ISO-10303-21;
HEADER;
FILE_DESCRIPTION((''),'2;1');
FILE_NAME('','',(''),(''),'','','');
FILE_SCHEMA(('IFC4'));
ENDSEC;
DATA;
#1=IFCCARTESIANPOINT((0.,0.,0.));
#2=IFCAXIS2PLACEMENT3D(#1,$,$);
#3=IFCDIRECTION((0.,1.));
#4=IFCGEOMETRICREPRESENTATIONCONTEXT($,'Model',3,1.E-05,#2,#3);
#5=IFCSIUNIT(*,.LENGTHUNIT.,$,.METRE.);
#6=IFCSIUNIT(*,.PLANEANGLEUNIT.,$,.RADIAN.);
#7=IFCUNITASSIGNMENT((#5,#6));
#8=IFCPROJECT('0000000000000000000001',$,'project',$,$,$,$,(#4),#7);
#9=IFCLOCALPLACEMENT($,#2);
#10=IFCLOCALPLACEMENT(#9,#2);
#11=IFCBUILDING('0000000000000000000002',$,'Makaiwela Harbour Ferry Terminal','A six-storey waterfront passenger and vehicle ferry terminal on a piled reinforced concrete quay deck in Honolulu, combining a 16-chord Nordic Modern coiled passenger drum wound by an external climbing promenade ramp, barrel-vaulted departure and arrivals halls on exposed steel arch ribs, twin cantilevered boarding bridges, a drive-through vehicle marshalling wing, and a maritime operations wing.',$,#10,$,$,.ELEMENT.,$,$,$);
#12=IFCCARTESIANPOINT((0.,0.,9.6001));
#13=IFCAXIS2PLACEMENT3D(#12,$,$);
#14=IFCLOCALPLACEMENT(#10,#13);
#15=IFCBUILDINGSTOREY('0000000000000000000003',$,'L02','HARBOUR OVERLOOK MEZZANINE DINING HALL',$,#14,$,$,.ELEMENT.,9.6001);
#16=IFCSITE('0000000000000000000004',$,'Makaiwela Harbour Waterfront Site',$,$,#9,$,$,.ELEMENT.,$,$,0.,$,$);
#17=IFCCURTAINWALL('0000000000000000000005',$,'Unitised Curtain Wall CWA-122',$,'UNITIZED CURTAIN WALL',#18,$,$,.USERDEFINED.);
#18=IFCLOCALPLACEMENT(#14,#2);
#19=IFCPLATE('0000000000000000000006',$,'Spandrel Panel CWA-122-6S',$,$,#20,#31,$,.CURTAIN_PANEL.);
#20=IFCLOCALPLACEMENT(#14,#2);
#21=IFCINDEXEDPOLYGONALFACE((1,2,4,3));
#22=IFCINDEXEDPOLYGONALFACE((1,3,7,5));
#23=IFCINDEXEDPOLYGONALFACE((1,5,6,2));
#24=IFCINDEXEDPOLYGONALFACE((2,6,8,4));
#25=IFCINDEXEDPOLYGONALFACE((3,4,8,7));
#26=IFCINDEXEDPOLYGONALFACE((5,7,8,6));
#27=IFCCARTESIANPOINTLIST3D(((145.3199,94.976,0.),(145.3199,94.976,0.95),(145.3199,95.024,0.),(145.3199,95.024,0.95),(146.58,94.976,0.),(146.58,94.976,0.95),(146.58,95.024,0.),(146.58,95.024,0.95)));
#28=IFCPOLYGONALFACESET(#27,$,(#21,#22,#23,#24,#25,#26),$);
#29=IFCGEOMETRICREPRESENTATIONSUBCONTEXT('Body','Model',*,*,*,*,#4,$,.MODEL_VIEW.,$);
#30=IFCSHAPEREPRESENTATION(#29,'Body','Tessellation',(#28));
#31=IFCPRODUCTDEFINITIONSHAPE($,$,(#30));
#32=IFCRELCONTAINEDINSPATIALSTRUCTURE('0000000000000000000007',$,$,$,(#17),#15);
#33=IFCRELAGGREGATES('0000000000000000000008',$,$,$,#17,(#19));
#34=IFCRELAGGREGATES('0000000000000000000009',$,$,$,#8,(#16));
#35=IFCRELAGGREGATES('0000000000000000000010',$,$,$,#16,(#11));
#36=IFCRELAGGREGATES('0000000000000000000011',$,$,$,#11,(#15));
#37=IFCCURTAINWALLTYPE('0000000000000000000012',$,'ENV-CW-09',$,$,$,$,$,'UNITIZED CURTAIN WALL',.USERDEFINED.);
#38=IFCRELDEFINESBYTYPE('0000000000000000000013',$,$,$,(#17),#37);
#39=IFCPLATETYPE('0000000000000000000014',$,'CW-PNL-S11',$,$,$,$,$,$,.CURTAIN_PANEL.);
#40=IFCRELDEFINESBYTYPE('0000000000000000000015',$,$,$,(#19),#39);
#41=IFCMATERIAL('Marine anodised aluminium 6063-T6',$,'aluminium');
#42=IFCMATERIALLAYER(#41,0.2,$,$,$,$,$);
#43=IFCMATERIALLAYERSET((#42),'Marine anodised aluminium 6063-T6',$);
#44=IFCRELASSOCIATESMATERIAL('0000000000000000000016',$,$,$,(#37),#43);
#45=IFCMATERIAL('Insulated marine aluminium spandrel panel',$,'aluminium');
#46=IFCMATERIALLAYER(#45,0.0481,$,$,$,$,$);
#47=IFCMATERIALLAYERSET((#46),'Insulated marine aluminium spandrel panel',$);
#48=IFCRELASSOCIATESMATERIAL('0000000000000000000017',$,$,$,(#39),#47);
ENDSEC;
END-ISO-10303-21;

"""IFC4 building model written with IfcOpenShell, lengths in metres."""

from ifc_helpers import new_model, si_unit, direction, frame, origin, origin_2d, place, context, subcontext, project, spatial, rectangle, extrude, material, layer, layer_set, type_object, element, aggregate, save


model = new_model("IFC4")

# Units and contexts
model_context = context("Model", 3, precision=1e-05, world=origin(), true_north=direction((0.0, 1.0)))
body_context = subcontext(model_context, "Body", "Model", "MODEL_VIEW")
ifc_project = project(units=[si_unit("LENGTHUNIT", "METRE"), si_unit("PLANEANGLEUNIT", "RADIAN")], contexts=[model_context])

# Site, building, storey
site_placement = place(None, origin())
site = spatial("IfcSite", under=ifc_project, at=site_placement, Name="Makaiwela Harbour Waterfront Site", CompositionType="ELEMENT", RefElevation=0.0)
building_placement = place(site_placement, origin())
building = spatial("IfcBuilding", under=site, at=building_placement, Name="Makaiwela Harbour Ferry Terminal", Description="A six-storey waterfront passenger and vehicle ferry terminal on a piled reinforced concrete quay deck in Honolulu, combining a 16-chord Nordic Modern coiled passenger drum wound by an external climbing promenade ramp, barrel-vaulted departure and arrivals halls on exposed steel arch ribs, twin cantilevered boarding bridges, a drive-through vehicle marshalling wing, and a maritime operations wing.", CompositionType="ELEMENT")
storey_placement = place(building_placement, frame((0.0, 0.0, 9.6001)))
storey = spatial("IfcBuildingStorey", under=building, at=storey_placement, Name="L02", Description="HARBOUR OVERLOOK MEZZANINE DINING HALL", CompositionType="ELEMENT", Elevation=9.6001)

# Curtain wall
ifc_material_1 = material(Name="Marine anodised aluminium 6063-T6", Category="aluminium")
ifc_layer_1 = layer(ifc_material_1, 0.2)
ifc_layer_set_1 = layer_set([ifc_layer_1], Name="Marine anodised aluminium 6063-T6")
curtain_wall_type = type_object("IfcCurtainWallType", Name="ENV-CW-09", ElementType="UNITIZED CURTAIN WALL", PredefinedType="USERDEFINED", material=ifc_layer_set_1)
curtain_wall_1_placement = place(storey_placement, origin())
curtain_wall_1 = element("IfcCurtainWall", 1, at=curtain_wall_1_placement, inside=storey, type_object=curtain_wall_type, Name="Unitised Curtain Wall CWA-122", ObjectType="UNITIZED CURTAIN WALL", PredefinedType="USERDEFINED")

# Plate
ifc_material_2 = material(Name="Insulated marine aluminium spandrel panel", Category="aluminium")
ifc_layer_2 = layer(ifc_material_2, 0.0481)
ifc_layer_set_2 = layer_set([ifc_layer_2], Name="Insulated marine aluminium spandrel panel")
plate_type_1 = type_object("IfcPlateType", Name="CW-PNL-S11", PredefinedType="CURTAIN_PANEL", material=ifc_layer_set_2)
plate_1_placement = place(storey_placement, frame((145.95, 95.0, 0.0), z_axis=(0.0, 0.0, 1.0), x_axis=(1.0, 0.0, 0.0)))
plate_1 = element("IfcPlate", 2, at=plate_1_placement, type_object=plate_type_1, Name="Spandrel Panel CWA-122-6S", PredefinedType="CURTAIN_PANEL", context=body_context, shape_type="SweptSolid", body=[
    extrude(rectangle(XDim=1.26, YDim=0.0481, at=origin_2d()), origin(), (0.0, 0.0, 1.0), 0.95),
])
aggregate(curtain_wall_1, [plate_1])

save(model, "model.ifc")
